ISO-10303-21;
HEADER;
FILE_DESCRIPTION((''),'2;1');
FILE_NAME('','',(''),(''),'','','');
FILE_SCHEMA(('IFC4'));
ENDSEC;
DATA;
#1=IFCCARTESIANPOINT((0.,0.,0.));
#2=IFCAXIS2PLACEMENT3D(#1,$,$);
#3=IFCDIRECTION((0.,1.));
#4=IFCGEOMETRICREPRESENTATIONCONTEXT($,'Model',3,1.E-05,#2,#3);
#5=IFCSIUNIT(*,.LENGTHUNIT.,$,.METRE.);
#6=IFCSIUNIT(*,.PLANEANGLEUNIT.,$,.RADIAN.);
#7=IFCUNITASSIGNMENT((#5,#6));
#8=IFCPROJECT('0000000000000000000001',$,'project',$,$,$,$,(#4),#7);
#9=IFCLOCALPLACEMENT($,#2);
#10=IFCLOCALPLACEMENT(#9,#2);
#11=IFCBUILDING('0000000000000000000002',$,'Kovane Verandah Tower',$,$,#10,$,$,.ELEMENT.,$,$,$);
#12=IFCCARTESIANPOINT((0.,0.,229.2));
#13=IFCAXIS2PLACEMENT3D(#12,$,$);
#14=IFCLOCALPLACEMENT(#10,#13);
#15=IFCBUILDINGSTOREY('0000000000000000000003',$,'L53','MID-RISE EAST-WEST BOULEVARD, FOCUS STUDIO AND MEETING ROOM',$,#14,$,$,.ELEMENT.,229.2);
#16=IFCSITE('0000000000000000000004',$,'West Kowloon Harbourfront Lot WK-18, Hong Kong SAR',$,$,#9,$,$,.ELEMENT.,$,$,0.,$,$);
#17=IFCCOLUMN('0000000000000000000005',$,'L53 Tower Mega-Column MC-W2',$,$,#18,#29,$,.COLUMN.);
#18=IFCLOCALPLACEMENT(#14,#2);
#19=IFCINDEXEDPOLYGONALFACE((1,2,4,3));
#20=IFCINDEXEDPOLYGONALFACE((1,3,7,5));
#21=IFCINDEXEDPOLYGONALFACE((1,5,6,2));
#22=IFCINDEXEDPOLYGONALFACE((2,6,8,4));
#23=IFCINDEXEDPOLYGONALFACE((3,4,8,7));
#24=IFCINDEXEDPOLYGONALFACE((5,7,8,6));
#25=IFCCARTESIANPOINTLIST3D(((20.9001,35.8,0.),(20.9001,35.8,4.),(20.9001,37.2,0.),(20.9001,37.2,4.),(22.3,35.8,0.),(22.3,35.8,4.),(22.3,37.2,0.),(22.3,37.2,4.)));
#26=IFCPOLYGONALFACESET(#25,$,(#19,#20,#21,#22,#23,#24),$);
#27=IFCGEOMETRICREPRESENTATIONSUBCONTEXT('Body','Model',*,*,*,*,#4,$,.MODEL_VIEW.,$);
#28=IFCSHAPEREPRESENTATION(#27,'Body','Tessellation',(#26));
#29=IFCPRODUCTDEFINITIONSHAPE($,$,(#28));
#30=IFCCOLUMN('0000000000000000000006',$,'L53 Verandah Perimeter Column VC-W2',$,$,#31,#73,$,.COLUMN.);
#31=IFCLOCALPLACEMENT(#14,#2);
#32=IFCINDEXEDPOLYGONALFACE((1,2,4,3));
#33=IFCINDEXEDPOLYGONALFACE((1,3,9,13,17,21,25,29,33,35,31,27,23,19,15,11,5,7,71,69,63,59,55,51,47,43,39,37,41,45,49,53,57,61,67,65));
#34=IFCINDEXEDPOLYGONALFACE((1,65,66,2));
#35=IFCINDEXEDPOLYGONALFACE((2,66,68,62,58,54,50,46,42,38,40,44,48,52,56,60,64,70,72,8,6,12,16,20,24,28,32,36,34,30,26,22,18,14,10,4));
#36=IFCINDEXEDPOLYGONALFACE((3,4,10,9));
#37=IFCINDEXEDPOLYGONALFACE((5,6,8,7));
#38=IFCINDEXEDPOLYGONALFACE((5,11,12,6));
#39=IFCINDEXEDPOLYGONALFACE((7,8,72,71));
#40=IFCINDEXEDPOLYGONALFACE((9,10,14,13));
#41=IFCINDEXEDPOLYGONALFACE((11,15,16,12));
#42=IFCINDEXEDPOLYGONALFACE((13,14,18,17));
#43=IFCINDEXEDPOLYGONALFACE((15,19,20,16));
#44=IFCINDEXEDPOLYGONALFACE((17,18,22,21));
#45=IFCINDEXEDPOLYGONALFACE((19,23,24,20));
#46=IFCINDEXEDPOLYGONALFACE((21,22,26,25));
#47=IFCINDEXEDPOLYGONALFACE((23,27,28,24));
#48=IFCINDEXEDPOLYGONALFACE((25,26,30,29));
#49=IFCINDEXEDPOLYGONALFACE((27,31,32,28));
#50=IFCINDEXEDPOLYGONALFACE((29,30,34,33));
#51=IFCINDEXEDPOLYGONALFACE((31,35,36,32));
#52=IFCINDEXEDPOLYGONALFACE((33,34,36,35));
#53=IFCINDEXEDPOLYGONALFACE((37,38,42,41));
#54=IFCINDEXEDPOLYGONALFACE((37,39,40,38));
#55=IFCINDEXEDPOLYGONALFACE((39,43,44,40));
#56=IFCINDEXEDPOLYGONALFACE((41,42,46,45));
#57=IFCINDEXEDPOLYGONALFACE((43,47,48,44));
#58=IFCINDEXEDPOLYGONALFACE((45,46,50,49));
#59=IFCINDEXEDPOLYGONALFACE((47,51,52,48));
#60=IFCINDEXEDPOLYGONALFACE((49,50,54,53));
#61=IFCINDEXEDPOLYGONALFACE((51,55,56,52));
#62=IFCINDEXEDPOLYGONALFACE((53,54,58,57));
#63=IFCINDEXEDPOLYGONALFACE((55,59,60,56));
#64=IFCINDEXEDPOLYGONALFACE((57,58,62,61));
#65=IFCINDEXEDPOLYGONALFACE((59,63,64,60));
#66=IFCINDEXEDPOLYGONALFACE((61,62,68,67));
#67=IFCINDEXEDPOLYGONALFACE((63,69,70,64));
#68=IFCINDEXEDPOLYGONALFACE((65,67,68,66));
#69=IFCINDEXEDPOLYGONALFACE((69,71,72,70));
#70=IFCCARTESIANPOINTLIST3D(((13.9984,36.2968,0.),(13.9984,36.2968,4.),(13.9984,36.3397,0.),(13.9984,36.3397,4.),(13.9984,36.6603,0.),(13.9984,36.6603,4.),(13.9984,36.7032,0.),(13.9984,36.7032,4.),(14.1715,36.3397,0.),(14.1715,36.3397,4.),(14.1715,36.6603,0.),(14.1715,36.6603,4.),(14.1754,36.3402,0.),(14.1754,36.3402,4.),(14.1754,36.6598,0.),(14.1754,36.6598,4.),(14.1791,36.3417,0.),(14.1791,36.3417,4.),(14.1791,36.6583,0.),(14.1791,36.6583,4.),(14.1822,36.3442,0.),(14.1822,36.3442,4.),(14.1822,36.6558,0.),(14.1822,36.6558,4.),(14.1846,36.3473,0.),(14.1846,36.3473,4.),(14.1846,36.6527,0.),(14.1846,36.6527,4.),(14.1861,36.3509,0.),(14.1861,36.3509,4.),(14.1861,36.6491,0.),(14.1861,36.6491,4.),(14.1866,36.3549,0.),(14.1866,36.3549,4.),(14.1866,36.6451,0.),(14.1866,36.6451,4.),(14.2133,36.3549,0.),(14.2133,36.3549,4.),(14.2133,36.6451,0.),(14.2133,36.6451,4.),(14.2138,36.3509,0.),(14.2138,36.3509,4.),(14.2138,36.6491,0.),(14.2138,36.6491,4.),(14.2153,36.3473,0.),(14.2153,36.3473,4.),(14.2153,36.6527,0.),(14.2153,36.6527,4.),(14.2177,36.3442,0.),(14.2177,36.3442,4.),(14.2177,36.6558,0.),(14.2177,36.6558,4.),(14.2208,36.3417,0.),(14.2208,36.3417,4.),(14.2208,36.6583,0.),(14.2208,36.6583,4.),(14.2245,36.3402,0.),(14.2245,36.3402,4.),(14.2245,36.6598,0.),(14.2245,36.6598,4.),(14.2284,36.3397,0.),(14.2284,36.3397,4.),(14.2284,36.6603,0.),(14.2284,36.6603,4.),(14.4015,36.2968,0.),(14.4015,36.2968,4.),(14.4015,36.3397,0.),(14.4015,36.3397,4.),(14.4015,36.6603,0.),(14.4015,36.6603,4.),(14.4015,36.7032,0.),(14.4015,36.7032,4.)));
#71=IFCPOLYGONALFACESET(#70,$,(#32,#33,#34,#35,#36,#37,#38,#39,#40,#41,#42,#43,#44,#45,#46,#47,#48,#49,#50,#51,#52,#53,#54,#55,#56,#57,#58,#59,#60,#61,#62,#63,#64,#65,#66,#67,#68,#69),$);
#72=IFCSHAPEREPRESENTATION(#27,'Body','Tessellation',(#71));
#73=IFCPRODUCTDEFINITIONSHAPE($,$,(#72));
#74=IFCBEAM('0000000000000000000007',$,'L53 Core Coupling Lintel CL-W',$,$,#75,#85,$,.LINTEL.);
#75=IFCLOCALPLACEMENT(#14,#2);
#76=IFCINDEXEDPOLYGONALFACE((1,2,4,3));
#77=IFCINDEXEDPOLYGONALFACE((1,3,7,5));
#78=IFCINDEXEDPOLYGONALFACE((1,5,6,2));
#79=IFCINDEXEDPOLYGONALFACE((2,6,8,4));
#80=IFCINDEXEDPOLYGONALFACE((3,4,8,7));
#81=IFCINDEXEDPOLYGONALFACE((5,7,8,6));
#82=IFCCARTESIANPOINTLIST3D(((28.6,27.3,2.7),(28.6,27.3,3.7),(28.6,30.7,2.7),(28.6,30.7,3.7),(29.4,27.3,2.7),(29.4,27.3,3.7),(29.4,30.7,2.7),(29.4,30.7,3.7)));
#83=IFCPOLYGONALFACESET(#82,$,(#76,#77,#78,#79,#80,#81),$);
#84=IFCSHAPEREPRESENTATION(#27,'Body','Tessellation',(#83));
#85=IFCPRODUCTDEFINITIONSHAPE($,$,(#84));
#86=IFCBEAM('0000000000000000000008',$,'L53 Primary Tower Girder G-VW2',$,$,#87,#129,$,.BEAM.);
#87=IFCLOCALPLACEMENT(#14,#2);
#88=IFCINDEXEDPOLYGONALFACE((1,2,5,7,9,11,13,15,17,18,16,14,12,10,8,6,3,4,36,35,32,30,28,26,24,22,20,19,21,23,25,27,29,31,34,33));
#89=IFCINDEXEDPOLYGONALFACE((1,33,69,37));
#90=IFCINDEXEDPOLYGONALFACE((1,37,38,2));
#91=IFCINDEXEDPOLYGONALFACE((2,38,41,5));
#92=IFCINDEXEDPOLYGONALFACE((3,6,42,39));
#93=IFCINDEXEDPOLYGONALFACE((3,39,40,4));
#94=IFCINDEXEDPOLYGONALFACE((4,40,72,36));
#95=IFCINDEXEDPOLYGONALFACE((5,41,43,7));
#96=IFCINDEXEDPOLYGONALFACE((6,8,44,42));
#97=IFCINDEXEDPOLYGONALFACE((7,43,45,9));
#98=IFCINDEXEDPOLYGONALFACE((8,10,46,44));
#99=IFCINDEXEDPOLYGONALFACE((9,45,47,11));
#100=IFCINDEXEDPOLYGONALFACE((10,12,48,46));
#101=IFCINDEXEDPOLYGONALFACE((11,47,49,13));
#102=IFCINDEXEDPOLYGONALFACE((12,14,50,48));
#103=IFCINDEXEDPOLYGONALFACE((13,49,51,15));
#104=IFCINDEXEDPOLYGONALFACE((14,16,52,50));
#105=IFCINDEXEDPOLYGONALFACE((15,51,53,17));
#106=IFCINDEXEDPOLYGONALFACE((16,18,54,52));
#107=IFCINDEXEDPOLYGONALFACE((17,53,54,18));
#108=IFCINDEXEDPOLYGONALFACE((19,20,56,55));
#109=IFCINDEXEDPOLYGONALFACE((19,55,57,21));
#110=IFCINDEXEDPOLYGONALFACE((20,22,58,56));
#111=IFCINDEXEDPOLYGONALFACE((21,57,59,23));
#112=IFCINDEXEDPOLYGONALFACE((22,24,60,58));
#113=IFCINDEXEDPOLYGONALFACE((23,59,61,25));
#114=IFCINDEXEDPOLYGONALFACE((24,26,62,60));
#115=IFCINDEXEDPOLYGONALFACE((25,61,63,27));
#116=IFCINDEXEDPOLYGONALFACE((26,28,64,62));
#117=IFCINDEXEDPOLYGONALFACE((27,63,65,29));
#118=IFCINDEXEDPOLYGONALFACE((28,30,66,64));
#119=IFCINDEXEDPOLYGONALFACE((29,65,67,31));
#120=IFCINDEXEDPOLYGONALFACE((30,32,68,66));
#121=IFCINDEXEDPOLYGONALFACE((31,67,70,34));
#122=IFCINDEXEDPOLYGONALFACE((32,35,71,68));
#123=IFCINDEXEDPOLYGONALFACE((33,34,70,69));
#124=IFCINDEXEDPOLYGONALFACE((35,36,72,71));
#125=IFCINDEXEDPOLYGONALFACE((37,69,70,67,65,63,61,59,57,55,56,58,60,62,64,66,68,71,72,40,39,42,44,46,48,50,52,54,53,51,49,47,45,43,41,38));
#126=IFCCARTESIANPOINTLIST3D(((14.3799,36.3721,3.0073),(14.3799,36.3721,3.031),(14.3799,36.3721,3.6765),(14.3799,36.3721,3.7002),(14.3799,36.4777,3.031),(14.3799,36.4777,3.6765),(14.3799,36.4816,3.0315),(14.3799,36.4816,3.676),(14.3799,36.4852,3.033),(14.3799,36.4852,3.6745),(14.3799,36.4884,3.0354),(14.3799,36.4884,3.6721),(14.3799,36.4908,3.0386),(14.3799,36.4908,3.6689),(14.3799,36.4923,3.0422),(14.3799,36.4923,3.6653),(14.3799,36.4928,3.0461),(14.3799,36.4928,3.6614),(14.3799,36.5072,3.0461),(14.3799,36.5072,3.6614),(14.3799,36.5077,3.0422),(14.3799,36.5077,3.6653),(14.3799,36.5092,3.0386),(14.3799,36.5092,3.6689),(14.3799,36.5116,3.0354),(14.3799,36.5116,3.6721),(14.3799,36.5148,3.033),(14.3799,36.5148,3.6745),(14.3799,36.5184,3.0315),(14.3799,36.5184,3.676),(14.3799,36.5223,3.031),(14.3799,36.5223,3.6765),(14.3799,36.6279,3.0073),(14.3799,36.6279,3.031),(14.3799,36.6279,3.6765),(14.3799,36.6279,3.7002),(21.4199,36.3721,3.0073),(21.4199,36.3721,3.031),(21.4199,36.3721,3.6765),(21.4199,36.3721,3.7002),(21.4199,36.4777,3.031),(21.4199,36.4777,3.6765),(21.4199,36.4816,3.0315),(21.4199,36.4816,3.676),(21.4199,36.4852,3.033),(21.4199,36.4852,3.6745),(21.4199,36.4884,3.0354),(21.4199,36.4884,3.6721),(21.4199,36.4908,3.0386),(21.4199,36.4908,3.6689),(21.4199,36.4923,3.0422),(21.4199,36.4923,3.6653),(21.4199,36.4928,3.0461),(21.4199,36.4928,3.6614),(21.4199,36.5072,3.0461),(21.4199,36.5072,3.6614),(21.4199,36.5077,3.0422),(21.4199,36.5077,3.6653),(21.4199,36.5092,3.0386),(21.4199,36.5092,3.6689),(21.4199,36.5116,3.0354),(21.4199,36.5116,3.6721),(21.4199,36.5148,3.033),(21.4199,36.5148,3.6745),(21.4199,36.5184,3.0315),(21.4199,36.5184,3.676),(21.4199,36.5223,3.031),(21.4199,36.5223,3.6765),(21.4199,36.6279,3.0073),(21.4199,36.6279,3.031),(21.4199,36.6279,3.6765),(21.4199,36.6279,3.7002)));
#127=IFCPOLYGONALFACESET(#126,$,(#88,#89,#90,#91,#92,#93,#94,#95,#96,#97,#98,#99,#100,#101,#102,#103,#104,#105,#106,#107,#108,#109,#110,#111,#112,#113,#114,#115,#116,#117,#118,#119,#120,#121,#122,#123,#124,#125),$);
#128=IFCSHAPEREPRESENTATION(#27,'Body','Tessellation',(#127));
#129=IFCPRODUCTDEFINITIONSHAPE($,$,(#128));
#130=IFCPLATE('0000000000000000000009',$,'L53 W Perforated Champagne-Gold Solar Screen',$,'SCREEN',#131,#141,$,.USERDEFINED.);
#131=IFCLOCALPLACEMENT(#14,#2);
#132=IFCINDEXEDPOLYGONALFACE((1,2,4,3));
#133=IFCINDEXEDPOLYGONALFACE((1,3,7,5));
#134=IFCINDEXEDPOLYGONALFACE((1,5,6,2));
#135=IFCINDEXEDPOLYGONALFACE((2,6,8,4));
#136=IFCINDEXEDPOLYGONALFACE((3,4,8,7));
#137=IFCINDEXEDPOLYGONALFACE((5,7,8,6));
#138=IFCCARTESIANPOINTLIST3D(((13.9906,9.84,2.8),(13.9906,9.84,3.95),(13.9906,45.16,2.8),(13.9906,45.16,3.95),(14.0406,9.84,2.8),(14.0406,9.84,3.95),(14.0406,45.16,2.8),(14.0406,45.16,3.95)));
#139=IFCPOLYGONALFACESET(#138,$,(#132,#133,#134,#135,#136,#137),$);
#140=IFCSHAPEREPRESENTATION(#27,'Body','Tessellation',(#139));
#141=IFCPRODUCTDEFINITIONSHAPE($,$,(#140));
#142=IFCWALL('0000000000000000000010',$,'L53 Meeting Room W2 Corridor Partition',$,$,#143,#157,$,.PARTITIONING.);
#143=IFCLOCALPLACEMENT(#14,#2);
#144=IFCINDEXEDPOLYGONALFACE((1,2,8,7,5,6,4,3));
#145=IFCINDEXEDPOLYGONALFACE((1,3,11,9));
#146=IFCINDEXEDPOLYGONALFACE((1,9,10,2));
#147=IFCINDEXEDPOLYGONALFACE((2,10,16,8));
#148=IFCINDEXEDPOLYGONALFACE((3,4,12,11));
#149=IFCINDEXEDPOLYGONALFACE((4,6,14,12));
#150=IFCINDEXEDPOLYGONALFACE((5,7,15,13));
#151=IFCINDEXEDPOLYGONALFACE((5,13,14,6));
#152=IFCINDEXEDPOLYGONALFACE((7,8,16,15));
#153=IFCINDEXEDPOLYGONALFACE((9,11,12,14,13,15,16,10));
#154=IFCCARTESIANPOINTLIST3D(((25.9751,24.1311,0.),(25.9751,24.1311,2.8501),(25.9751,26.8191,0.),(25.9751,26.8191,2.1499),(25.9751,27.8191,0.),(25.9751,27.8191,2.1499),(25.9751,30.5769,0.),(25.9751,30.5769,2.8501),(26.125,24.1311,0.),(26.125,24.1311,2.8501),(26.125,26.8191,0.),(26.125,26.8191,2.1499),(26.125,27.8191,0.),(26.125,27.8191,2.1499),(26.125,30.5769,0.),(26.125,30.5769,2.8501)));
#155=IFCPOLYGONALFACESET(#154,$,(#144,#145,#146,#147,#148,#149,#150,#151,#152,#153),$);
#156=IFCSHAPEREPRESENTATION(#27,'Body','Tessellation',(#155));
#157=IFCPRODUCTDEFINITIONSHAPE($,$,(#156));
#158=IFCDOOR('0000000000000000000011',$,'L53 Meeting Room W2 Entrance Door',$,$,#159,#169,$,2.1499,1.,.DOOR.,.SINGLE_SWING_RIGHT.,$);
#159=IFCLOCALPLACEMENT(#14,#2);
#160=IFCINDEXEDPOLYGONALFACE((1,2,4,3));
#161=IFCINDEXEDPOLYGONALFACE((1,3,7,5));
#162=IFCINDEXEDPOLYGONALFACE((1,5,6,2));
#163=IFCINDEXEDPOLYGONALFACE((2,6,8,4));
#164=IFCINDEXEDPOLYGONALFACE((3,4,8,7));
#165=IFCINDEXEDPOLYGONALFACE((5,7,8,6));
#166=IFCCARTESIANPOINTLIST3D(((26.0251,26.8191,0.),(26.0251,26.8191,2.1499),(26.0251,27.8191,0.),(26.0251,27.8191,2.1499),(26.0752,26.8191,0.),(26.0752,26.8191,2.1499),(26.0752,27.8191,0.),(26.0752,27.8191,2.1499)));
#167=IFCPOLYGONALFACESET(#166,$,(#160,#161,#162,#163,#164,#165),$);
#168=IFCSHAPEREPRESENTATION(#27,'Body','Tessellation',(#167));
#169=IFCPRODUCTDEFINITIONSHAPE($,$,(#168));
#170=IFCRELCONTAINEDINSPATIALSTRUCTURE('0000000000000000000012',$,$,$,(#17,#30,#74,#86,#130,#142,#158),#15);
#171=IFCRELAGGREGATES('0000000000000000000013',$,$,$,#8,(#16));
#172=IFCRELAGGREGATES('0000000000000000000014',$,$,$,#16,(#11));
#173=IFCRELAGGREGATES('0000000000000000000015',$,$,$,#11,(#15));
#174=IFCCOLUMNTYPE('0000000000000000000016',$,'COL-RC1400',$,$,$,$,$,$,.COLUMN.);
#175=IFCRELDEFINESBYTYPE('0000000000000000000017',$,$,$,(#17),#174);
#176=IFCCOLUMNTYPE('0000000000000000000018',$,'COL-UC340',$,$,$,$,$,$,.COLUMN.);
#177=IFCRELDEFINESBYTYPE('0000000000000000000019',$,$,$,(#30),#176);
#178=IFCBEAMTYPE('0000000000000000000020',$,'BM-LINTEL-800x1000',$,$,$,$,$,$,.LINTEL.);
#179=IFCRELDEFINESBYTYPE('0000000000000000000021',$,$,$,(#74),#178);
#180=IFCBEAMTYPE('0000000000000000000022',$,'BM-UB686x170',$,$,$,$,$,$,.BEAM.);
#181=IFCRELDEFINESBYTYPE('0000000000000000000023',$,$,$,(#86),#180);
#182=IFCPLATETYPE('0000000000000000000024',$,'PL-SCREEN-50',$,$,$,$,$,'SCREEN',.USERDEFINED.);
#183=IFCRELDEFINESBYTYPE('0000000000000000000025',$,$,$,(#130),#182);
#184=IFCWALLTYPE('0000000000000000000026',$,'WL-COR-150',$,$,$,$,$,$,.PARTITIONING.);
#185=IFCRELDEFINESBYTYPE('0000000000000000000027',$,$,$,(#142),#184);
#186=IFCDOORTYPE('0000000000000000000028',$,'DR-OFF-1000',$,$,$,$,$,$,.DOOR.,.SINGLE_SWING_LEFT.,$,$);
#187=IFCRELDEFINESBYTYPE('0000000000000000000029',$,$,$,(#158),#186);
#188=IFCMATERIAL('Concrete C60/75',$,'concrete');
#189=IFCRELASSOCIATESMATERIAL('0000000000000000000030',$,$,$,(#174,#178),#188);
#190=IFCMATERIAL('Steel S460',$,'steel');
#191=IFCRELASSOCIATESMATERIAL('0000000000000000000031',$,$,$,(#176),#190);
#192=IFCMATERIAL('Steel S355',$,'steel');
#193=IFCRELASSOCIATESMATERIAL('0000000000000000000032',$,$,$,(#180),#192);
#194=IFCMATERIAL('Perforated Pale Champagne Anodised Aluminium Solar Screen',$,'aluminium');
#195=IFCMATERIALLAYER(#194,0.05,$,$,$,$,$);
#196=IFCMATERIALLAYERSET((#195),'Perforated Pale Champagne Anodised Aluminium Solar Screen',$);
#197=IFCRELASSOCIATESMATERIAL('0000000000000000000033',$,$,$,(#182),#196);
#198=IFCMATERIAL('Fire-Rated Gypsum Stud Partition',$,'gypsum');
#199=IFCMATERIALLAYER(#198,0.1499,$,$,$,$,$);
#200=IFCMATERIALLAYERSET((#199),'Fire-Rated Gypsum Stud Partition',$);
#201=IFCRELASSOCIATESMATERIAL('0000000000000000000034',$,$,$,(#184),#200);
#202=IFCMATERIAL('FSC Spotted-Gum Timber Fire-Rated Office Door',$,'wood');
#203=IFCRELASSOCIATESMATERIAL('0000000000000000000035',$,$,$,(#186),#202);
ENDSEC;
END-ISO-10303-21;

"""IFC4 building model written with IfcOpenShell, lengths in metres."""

from ifc_helpers import new_model, si_unit, direction, frame, frame_2d, origin, origin_2d, place, context, subcontext, project, spatial, rectangle, i_section, extrude, material, layer, layer_set, material_profile, profile_set, type_object, element, fill, save


model = new_model("IFC4")

# Units and contexts
model_context = context("Model", 3, precision=1e-05, world=origin(), true_north=direction((0.0, 1.0)))
body_context = subcontext(model_context, "Body", "Model", "MODEL_VIEW")
ifc_project = project(units=[si_unit("LENGTHUNIT", "METRE"), si_unit("PLANEANGLEUNIT", "RADIAN")], contexts=[model_context])

# Site, building, storey
site_placement = place(None, origin())
site = spatial("IfcSite", under=ifc_project, at=site_placement, Name="West Kowloon Harbourfront Lot WK-18, Hong Kong SAR", CompositionType="ELEMENT", RefElevation=0.0)
building_placement = place(site_placement, origin())
building = spatial("IfcBuilding", under=site, at=building_placement, Name="Kovane Verandah Tower", CompositionType="ELEMENT")
storey_placement = place(building_placement, frame((0.0, 0.0, 229.2)))
storey = spatial("IfcBuildingStorey", under=building, at=storey_placement, Name="L53", Description="MID-RISE EAST-WEST BOULEVARD, FOCUS STUDIO AND MEETING ROOM", CompositionType="ELEMENT", Elevation=229.2)

# Columns
ifc_material_1 = material(Name="Concrete C60/75", Category="concrete")
ifc_material_profile_1 = material_profile(ifc_material_1, rectangle(XDim=1.3999, YDim=1.3999, at=origin_2d()), Name="RC1400x1400")
ifc_profile_set_1 = profile_set([ifc_material_profile_1], Name="Concrete C60/75")
column_type_1 = type_object("IfcColumnType", Name="COL-RC1400", PredefinedType="COLUMN", material=ifc_profile_set_1)
column_1_placement = place(storey_placement, frame((21.6001, 36.5, 0.0), z_axis=(0.0, 0.0, 1.0), x_axis=(1.0, 0.0, 0.0)))
element("IfcColumn", 1, at=column_1_placement, inside=storey, type_object=column_type_1, Name="L53 Tower Mega-Column MC-W2", PredefinedType="COLUMN", context=body_context, shape_type="SweptSolid", body=[
    extrude(rectangle(XDim=1.3999, YDim=1.3999, at=origin_2d()), origin(), (0.0, 0.0, 1.0), 4.0),
])
ifc_material_2 = material(Name="Steel S460", Category="steel")
ifc_material_profile_2 = material_profile(ifc_material_2, i_section(OverallWidth=0.4031, OverallDepth=0.4065, WebThickness=0.0266, FlangeThickness=0.043, FilletRadius=0.0151, at=origin_2d()), Name="UC356x406x340")
ifc_profile_set_2 = profile_set([ifc_material_profile_2], Name="Steel S460")
column_type_2 = type_object("IfcColumnType", Name="COL-UC340", PredefinedType="COLUMN", material=ifc_profile_set_2)
column_2_placement = place(storey_placement, frame((14.2, 36.5, 0.0), z_axis=(0.0, 0.0, 1.0), x_axis=(1.0, 0.0, 0.0)))
element("IfcColumn", 2, at=column_2_placement, inside=storey, type_object=column_type_2, Name="L53 Verandah Perimeter Column VC-W2", PredefinedType="COLUMN", context=body_context, shape_type="SweptSolid", body=[
    extrude(i_section(OverallWidth=0.4031, OverallDepth=0.4065, WebThickness=0.0266, FlangeThickness=0.043, FilletRadius=0.0151, at=origin_2d()), origin(), (0.0, 0.0, 1.0), 4.0),
])

# Beams
ifc_material_profile_3 = material_profile(ifc_material_1, rectangle(XDim=0.8, YDim=1.0, at=origin_2d()), Name="RCB800x1000")
ifc_profile_set_3 = profile_set([ifc_material_profile_3], Name="Concrete C60/75")
beam_type_1 = type_object("IfcBeamType", Name="BM-LINTEL-800x1000", PredefinedType="LINTEL", material=ifc_profile_set_3)
beam_1_placement = place(storey_placement, frame((29.0, 27.3, 3.2), z_axis=(0.0, 1.0, 0.0), x_axis=(-1.0, 0.0, 0.0)))
element("IfcBeam", 3, at=beam_1_placement, inside=storey, type_object=beam_type_1, Name="L53 Core Coupling Lintel CL-W", PredefinedType="LINTEL", context=body_context, shape_type="SweptSolid", body=[
    extrude(rectangle(XDim=0.8, YDim=1.0, at=origin_2d()), origin(), (0.0, 0.0, 1.0), 3.3999),
])
ifc_material_3 = material(Name="Steel S355", Category="steel")
ifc_material_profile_4 = material_profile(ifc_material_3, i_section(OverallWidth=0.2559, OverallDepth=0.6929, WebThickness=0.0144, FlangeThickness=0.0237, FilletRadius=0.0151, at=origin_2d()), Name="UB686x254x170")
ifc_profile_set_4 = profile_set([ifc_material_profile_4], Name="Steel S355")
beam_type_2 = type_object("IfcBeamType", Name="BM-UB686x170", PredefinedType="BEAM", material=ifc_profile_set_4)
beam_2_placement = place(storey_placement, frame((21.4199, 36.5, 3.3538), z_axis=(-1.0, 0.0, 0.0), x_axis=(0.0, -1.0, 0.0)))
element("IfcBeam", 4, at=beam_2_placement, inside=storey, type_object=beam_type_2, Name="L53 Primary Tower Girder G-VW2", PredefinedType="BEAM", context=body_context, shape_type="SweptSolid", body=[
    extrude(i_section(OverallWidth=0.2559, OverallDepth=0.6929, WebThickness=0.0144, FlangeThickness=0.0237, FilletRadius=0.0151, at=origin_2d()), origin(), (0.0, 0.0, 1.0), 7.04),
])

# Plate
ifc_material_4 = material(Name="Perforated Pale Champagne Anodised Aluminium Solar Screen", Category="aluminium")
ifc_layer_1 = layer(ifc_material_4, 0.05)
ifc_layer_set_1 = layer_set([ifc_layer_1], Name="Perforated Pale Champagne Anodised Aluminium Solar Screen")
plate_type = type_object("IfcPlateType", Name="PL-SCREEN-50", ElementType="SCREEN", PredefinedType="USERDEFINED", material=ifc_layer_set_1)
plate_placement = place(storey_placement, frame((14.0156, 27.5, 2.8), z_axis=(0.0, 0.0, 1.0), x_axis=(0.0, -1.0, 0.0)))
element("IfcPlate", 5, at=plate_placement, inside=storey, type_object=plate_type, Name="L53 W Perforated Champagne-Gold Solar Screen", ObjectType="SCREEN", PredefinedType="USERDEFINED", context=body_context, shape_type="SweptSolid", body=[
    extrude(rectangle(XDim=35.3201, YDim=0.05, at=origin_2d()), origin(), (0.0, 0.0, 1.0), 1.1499),
])

# Wall, opening, door
ifc_material_5 = material(Name="Fire-Rated Gypsum Stud Partition", Category="gypsum")
ifc_layer_2 = layer(ifc_material_5, 0.1499)
ifc_layer_set_2 = layer_set([ifc_layer_2], Name="Fire-Rated Gypsum Stud Partition")
wall_type_1 = type_object("IfcWallType", Name="WL-COR-150", PredefinedType="PARTITIONING", material=ifc_layer_set_2)
wall_1_placement = place(storey_placement, frame((26.05, 24.1311, 0.0), z_axis=(0.0, 0.0, 1.0), x_axis=(0.0, 1.0, 0.0)))
wall_1 = element("IfcWall", 6, at=wall_1_placement, inside=storey, type_object=wall_type_1, Name="L53 Meeting Room W2 Corridor Partition", PredefinedType="PARTITIONING", context=body_context, shape_type="SweptSolid", body=[
    extrude(rectangle(XDim=6.4458, YDim=0.1499, at=frame_2d((3.2229, 0.0))), origin(), (0.0, 0.0, 1.0), 2.8501),
])
opening_1_placement = place(wall_1_placement, frame((2.688, 0.0, 0.0)))
opening_1 = element("IfcOpeningElement", 7, at=opening_1_placement, cuts=wall_1, PredefinedType="OPENING", context=body_context, shape_type="SweptSolid", body=[
    extrude(rectangle(XDim=1.0, YDim=2.1499, at=frame_2d((0.5, 1.075))), frame((0.0, 0.075, 0.0), z_axis=(0.0, -1.0, 0.0), x_axis=(1.0, 0.0, 0.0)), (0.0, 0.0, 1.0), 0.1499),
])
ifc_material_6 = material(Name="FSC Spotted-Gum Timber Fire-Rated Office Door", Category="wood")
door_type_1 = type_object("IfcDoorType", Name="DR-OFF-1000", OperationType="SINGLE_SWING_LEFT", PredefinedType="DOOR", material=ifc_material_6)
door_1_placement = place(opening_1_placement, origin())
door_1 = element("IfcDoor", 8, at=door_1_placement, inside=storey, type_object=door_type_1, Name="L53 Meeting Room W2 Entrance Door", OperationType="SINGLE_SWING_RIGHT", OverallHeight=2.1499, OverallWidth=1.0, PredefinedType="DOOR", context=body_context, shape_type="SweptSolid", body=[
    extrude(rectangle(XDim=1.0, YDim=2.1499, at=frame_2d((0.5, 1.075))), frame((0.0, 0.0249, 0.0), z_axis=(0.0, -1.0, 0.0), x_axis=(1.0, 0.0, 0.0)), (0.0, 0.0, 1.0), 0.05),
])
fill(opening_1, door_1)

save(model, "model.ifc")
